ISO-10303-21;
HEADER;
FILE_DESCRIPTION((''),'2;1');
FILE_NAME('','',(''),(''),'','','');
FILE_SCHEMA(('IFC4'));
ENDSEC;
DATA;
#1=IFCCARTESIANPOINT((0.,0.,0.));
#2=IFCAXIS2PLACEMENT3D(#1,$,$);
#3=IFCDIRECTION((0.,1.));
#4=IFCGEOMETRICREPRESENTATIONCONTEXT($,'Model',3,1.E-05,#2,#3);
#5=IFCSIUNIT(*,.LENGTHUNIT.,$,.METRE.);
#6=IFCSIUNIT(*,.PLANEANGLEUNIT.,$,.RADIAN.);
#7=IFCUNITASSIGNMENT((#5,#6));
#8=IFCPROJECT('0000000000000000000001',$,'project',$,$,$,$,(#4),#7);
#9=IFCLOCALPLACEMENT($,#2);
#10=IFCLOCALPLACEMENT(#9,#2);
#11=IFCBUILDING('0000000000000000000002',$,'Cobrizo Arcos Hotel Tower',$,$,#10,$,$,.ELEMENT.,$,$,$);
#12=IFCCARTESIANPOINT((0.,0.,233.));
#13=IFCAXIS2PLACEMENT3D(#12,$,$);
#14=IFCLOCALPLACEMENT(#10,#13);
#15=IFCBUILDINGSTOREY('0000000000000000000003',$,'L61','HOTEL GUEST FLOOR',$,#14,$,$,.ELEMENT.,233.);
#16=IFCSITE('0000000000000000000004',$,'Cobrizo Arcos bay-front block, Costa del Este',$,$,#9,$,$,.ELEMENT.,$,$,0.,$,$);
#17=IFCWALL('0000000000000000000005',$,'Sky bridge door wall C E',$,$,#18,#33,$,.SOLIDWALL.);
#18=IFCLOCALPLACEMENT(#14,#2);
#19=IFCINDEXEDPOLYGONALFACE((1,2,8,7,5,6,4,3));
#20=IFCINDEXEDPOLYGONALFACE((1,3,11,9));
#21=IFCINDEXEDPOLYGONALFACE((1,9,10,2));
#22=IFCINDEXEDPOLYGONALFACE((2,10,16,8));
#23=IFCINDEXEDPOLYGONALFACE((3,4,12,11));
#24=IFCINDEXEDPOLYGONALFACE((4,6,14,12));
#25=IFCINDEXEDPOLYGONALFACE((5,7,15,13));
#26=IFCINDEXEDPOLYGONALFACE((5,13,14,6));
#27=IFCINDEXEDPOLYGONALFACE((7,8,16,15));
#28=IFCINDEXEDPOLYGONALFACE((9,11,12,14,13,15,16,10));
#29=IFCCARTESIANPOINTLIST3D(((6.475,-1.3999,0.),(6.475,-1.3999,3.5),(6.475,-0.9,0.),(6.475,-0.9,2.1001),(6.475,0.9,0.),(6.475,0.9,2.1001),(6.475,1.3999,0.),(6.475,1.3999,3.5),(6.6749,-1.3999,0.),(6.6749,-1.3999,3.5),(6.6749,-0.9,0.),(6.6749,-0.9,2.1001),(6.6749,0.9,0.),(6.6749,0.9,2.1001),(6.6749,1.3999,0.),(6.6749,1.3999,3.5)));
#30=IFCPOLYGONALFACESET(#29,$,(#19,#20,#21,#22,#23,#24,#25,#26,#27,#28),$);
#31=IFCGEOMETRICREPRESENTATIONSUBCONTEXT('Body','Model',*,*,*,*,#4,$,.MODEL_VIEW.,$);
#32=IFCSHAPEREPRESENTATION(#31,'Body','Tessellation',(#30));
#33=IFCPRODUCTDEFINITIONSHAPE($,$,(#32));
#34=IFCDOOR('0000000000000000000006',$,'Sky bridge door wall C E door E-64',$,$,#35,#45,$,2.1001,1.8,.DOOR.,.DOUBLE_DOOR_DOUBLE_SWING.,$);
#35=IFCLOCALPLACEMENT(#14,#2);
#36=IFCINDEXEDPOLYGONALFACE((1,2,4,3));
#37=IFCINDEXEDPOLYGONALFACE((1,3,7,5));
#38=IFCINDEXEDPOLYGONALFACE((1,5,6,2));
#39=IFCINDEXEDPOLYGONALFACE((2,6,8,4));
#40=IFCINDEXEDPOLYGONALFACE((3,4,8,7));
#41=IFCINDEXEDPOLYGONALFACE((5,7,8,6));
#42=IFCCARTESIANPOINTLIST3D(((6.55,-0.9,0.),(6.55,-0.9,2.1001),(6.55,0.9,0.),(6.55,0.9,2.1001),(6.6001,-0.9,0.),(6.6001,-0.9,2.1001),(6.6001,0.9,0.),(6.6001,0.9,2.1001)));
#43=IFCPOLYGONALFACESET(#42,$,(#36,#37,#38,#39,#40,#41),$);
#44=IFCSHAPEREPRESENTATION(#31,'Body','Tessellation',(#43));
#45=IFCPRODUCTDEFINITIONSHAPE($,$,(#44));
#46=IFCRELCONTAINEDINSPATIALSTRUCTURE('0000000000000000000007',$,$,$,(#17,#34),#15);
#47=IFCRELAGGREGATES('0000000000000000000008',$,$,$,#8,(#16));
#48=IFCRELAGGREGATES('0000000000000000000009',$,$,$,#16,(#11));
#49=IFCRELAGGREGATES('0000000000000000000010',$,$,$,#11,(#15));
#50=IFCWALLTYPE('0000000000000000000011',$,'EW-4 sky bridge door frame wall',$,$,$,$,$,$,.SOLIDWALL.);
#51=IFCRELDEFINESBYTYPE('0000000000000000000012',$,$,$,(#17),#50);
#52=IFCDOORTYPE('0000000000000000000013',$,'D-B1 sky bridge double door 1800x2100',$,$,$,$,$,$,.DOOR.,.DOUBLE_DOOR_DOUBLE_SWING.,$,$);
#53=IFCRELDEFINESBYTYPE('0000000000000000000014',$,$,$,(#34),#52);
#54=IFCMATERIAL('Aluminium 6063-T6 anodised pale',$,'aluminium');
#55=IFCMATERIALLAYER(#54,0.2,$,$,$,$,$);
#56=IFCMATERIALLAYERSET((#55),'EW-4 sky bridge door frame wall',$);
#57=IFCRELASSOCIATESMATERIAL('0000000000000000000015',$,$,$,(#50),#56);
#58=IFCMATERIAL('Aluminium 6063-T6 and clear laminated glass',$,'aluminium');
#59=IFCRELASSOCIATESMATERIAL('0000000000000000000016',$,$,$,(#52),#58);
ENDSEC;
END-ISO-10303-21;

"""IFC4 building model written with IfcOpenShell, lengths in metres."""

from ifc_helpers import new_model, si_unit, direction, frame, frame_2d, origin, place, context, subcontext, project, spatial, rectangle, extrude, material, layer, layer_set, type_object, element, fill, save


model = new_model("IFC4")

# Units and contexts
model_context = context("Model", 3, precision=1e-05, world=origin(), true_north=direction((0.0, 1.0)))
body_context = subcontext(model_context, "Body", "Model", "MODEL_VIEW")
ifc_project = project(units=[si_unit("LENGTHUNIT", "METRE"), si_unit("PLANEANGLEUNIT", "RADIAN")], contexts=[model_context])

# Site, building, storey
site_placement = place(None, origin())
site = spatial("IfcSite", under=ifc_project, at=site_placement, Name="Cobrizo Arcos bay-front block, Costa del Este", CompositionType="ELEMENT", RefElevation=0.0)
building_placement = place(site_placement, origin())
building = spatial("IfcBuilding", under=site, at=building_placement, Name="Cobrizo Arcos Hotel Tower", CompositionType="ELEMENT")
storey_placement = place(building_placement, frame((0.0, 0.0, 233.0)))
storey = spatial("IfcBuildingStorey", under=building, at=storey_placement, Name="L61", Description="HOTEL GUEST FLOOR", CompositionType="ELEMENT", Elevation=233.0)

# Wall, opening, door
ifc_material_1 = material(Name="Aluminium 6063-T6 anodised pale", Category="aluminium")
ifc_layer_1 = layer(ifc_material_1, 0.2)
ifc_layer_set_1 = layer_set([ifc_layer_1], Name="EW-4 sky bridge door frame wall")
wall_type_1 = type_object("IfcWallType", Name="EW-4 sky bridge door frame wall", PredefinedType="SOLIDWALL", material=ifc_layer_set_1)
wall_1_placement = place(storey_placement, frame((6.575, -1.3999, 0.0), z_axis=(0.0, 0.0, 1.0), x_axis=(0.0, 1.0, 0.0)))
wall_1 = element("IfcWall", 1, at=wall_1_placement, inside=storey, type_object=wall_type_1, Name="Sky bridge door wall C E", PredefinedType="SOLIDWALL", context=body_context, shape_type="SweptSolid", body=[
    extrude(rectangle(XDim=2.7998, YDim=0.2, at=frame_2d((1.3999, 0.0))), origin(), (0.0, 0.0, 1.0), 3.5),
])
opening_1_placement = place(wall_1_placement, frame((0.5, 0.0, 0.0)))
opening_1 = element("IfcOpeningElement", 2, at=opening_1_placement, cuts=wall_1, PredefinedType="OPENING", context=body_context, shape_type="SweptSolid", body=[
    extrude(rectangle(XDim=1.8, YDim=2.1001, at=frame_2d((0.8999, 1.05))), frame((0.0, 0.1121, 0.0), z_axis=(0.0, -1.0, 0.0), x_axis=(1.0, 0.0, 0.0)), (0.0, 0.0, 1.0), 0.2239),
])
ifc_material_2 = material(Name="Aluminium 6063-T6 and clear laminated glass", Category="aluminium")
door_type_1 = type_object("IfcDoorType", Name="D-B1 sky bridge double door 1800x2100", OperationType="DOUBLE_DOOR_DOUBLE_SWING", PredefinedType="DOOR", material=ifc_material_2)
door_1_placement = place(opening_1_placement, origin())
door_1 = element("IfcDoor", 3, at=door_1_placement, inside=storey, type_object=door_type_1, Name="Sky bridge door wall C E door E-64", OperationType="DOUBLE_DOOR_DOUBLE_SWING", OverallHeight=2.1001, OverallWidth=1.8, PredefinedType="DOOR", context=body_context, shape_type="SweptSolid", body=[
    extrude(rectangle(XDim=1.8, YDim=2.1001, at=frame_2d((0.8999, 1.05))), frame((0.0, 0.0249, 0.0), z_axis=(0.0, -1.0, 0.0), x_axis=(1.0, 0.0, 0.0)), (0.0, 0.0, 1.0), 0.05),
])
fill(opening_1, door_1)

save(model, "model.ifc")
